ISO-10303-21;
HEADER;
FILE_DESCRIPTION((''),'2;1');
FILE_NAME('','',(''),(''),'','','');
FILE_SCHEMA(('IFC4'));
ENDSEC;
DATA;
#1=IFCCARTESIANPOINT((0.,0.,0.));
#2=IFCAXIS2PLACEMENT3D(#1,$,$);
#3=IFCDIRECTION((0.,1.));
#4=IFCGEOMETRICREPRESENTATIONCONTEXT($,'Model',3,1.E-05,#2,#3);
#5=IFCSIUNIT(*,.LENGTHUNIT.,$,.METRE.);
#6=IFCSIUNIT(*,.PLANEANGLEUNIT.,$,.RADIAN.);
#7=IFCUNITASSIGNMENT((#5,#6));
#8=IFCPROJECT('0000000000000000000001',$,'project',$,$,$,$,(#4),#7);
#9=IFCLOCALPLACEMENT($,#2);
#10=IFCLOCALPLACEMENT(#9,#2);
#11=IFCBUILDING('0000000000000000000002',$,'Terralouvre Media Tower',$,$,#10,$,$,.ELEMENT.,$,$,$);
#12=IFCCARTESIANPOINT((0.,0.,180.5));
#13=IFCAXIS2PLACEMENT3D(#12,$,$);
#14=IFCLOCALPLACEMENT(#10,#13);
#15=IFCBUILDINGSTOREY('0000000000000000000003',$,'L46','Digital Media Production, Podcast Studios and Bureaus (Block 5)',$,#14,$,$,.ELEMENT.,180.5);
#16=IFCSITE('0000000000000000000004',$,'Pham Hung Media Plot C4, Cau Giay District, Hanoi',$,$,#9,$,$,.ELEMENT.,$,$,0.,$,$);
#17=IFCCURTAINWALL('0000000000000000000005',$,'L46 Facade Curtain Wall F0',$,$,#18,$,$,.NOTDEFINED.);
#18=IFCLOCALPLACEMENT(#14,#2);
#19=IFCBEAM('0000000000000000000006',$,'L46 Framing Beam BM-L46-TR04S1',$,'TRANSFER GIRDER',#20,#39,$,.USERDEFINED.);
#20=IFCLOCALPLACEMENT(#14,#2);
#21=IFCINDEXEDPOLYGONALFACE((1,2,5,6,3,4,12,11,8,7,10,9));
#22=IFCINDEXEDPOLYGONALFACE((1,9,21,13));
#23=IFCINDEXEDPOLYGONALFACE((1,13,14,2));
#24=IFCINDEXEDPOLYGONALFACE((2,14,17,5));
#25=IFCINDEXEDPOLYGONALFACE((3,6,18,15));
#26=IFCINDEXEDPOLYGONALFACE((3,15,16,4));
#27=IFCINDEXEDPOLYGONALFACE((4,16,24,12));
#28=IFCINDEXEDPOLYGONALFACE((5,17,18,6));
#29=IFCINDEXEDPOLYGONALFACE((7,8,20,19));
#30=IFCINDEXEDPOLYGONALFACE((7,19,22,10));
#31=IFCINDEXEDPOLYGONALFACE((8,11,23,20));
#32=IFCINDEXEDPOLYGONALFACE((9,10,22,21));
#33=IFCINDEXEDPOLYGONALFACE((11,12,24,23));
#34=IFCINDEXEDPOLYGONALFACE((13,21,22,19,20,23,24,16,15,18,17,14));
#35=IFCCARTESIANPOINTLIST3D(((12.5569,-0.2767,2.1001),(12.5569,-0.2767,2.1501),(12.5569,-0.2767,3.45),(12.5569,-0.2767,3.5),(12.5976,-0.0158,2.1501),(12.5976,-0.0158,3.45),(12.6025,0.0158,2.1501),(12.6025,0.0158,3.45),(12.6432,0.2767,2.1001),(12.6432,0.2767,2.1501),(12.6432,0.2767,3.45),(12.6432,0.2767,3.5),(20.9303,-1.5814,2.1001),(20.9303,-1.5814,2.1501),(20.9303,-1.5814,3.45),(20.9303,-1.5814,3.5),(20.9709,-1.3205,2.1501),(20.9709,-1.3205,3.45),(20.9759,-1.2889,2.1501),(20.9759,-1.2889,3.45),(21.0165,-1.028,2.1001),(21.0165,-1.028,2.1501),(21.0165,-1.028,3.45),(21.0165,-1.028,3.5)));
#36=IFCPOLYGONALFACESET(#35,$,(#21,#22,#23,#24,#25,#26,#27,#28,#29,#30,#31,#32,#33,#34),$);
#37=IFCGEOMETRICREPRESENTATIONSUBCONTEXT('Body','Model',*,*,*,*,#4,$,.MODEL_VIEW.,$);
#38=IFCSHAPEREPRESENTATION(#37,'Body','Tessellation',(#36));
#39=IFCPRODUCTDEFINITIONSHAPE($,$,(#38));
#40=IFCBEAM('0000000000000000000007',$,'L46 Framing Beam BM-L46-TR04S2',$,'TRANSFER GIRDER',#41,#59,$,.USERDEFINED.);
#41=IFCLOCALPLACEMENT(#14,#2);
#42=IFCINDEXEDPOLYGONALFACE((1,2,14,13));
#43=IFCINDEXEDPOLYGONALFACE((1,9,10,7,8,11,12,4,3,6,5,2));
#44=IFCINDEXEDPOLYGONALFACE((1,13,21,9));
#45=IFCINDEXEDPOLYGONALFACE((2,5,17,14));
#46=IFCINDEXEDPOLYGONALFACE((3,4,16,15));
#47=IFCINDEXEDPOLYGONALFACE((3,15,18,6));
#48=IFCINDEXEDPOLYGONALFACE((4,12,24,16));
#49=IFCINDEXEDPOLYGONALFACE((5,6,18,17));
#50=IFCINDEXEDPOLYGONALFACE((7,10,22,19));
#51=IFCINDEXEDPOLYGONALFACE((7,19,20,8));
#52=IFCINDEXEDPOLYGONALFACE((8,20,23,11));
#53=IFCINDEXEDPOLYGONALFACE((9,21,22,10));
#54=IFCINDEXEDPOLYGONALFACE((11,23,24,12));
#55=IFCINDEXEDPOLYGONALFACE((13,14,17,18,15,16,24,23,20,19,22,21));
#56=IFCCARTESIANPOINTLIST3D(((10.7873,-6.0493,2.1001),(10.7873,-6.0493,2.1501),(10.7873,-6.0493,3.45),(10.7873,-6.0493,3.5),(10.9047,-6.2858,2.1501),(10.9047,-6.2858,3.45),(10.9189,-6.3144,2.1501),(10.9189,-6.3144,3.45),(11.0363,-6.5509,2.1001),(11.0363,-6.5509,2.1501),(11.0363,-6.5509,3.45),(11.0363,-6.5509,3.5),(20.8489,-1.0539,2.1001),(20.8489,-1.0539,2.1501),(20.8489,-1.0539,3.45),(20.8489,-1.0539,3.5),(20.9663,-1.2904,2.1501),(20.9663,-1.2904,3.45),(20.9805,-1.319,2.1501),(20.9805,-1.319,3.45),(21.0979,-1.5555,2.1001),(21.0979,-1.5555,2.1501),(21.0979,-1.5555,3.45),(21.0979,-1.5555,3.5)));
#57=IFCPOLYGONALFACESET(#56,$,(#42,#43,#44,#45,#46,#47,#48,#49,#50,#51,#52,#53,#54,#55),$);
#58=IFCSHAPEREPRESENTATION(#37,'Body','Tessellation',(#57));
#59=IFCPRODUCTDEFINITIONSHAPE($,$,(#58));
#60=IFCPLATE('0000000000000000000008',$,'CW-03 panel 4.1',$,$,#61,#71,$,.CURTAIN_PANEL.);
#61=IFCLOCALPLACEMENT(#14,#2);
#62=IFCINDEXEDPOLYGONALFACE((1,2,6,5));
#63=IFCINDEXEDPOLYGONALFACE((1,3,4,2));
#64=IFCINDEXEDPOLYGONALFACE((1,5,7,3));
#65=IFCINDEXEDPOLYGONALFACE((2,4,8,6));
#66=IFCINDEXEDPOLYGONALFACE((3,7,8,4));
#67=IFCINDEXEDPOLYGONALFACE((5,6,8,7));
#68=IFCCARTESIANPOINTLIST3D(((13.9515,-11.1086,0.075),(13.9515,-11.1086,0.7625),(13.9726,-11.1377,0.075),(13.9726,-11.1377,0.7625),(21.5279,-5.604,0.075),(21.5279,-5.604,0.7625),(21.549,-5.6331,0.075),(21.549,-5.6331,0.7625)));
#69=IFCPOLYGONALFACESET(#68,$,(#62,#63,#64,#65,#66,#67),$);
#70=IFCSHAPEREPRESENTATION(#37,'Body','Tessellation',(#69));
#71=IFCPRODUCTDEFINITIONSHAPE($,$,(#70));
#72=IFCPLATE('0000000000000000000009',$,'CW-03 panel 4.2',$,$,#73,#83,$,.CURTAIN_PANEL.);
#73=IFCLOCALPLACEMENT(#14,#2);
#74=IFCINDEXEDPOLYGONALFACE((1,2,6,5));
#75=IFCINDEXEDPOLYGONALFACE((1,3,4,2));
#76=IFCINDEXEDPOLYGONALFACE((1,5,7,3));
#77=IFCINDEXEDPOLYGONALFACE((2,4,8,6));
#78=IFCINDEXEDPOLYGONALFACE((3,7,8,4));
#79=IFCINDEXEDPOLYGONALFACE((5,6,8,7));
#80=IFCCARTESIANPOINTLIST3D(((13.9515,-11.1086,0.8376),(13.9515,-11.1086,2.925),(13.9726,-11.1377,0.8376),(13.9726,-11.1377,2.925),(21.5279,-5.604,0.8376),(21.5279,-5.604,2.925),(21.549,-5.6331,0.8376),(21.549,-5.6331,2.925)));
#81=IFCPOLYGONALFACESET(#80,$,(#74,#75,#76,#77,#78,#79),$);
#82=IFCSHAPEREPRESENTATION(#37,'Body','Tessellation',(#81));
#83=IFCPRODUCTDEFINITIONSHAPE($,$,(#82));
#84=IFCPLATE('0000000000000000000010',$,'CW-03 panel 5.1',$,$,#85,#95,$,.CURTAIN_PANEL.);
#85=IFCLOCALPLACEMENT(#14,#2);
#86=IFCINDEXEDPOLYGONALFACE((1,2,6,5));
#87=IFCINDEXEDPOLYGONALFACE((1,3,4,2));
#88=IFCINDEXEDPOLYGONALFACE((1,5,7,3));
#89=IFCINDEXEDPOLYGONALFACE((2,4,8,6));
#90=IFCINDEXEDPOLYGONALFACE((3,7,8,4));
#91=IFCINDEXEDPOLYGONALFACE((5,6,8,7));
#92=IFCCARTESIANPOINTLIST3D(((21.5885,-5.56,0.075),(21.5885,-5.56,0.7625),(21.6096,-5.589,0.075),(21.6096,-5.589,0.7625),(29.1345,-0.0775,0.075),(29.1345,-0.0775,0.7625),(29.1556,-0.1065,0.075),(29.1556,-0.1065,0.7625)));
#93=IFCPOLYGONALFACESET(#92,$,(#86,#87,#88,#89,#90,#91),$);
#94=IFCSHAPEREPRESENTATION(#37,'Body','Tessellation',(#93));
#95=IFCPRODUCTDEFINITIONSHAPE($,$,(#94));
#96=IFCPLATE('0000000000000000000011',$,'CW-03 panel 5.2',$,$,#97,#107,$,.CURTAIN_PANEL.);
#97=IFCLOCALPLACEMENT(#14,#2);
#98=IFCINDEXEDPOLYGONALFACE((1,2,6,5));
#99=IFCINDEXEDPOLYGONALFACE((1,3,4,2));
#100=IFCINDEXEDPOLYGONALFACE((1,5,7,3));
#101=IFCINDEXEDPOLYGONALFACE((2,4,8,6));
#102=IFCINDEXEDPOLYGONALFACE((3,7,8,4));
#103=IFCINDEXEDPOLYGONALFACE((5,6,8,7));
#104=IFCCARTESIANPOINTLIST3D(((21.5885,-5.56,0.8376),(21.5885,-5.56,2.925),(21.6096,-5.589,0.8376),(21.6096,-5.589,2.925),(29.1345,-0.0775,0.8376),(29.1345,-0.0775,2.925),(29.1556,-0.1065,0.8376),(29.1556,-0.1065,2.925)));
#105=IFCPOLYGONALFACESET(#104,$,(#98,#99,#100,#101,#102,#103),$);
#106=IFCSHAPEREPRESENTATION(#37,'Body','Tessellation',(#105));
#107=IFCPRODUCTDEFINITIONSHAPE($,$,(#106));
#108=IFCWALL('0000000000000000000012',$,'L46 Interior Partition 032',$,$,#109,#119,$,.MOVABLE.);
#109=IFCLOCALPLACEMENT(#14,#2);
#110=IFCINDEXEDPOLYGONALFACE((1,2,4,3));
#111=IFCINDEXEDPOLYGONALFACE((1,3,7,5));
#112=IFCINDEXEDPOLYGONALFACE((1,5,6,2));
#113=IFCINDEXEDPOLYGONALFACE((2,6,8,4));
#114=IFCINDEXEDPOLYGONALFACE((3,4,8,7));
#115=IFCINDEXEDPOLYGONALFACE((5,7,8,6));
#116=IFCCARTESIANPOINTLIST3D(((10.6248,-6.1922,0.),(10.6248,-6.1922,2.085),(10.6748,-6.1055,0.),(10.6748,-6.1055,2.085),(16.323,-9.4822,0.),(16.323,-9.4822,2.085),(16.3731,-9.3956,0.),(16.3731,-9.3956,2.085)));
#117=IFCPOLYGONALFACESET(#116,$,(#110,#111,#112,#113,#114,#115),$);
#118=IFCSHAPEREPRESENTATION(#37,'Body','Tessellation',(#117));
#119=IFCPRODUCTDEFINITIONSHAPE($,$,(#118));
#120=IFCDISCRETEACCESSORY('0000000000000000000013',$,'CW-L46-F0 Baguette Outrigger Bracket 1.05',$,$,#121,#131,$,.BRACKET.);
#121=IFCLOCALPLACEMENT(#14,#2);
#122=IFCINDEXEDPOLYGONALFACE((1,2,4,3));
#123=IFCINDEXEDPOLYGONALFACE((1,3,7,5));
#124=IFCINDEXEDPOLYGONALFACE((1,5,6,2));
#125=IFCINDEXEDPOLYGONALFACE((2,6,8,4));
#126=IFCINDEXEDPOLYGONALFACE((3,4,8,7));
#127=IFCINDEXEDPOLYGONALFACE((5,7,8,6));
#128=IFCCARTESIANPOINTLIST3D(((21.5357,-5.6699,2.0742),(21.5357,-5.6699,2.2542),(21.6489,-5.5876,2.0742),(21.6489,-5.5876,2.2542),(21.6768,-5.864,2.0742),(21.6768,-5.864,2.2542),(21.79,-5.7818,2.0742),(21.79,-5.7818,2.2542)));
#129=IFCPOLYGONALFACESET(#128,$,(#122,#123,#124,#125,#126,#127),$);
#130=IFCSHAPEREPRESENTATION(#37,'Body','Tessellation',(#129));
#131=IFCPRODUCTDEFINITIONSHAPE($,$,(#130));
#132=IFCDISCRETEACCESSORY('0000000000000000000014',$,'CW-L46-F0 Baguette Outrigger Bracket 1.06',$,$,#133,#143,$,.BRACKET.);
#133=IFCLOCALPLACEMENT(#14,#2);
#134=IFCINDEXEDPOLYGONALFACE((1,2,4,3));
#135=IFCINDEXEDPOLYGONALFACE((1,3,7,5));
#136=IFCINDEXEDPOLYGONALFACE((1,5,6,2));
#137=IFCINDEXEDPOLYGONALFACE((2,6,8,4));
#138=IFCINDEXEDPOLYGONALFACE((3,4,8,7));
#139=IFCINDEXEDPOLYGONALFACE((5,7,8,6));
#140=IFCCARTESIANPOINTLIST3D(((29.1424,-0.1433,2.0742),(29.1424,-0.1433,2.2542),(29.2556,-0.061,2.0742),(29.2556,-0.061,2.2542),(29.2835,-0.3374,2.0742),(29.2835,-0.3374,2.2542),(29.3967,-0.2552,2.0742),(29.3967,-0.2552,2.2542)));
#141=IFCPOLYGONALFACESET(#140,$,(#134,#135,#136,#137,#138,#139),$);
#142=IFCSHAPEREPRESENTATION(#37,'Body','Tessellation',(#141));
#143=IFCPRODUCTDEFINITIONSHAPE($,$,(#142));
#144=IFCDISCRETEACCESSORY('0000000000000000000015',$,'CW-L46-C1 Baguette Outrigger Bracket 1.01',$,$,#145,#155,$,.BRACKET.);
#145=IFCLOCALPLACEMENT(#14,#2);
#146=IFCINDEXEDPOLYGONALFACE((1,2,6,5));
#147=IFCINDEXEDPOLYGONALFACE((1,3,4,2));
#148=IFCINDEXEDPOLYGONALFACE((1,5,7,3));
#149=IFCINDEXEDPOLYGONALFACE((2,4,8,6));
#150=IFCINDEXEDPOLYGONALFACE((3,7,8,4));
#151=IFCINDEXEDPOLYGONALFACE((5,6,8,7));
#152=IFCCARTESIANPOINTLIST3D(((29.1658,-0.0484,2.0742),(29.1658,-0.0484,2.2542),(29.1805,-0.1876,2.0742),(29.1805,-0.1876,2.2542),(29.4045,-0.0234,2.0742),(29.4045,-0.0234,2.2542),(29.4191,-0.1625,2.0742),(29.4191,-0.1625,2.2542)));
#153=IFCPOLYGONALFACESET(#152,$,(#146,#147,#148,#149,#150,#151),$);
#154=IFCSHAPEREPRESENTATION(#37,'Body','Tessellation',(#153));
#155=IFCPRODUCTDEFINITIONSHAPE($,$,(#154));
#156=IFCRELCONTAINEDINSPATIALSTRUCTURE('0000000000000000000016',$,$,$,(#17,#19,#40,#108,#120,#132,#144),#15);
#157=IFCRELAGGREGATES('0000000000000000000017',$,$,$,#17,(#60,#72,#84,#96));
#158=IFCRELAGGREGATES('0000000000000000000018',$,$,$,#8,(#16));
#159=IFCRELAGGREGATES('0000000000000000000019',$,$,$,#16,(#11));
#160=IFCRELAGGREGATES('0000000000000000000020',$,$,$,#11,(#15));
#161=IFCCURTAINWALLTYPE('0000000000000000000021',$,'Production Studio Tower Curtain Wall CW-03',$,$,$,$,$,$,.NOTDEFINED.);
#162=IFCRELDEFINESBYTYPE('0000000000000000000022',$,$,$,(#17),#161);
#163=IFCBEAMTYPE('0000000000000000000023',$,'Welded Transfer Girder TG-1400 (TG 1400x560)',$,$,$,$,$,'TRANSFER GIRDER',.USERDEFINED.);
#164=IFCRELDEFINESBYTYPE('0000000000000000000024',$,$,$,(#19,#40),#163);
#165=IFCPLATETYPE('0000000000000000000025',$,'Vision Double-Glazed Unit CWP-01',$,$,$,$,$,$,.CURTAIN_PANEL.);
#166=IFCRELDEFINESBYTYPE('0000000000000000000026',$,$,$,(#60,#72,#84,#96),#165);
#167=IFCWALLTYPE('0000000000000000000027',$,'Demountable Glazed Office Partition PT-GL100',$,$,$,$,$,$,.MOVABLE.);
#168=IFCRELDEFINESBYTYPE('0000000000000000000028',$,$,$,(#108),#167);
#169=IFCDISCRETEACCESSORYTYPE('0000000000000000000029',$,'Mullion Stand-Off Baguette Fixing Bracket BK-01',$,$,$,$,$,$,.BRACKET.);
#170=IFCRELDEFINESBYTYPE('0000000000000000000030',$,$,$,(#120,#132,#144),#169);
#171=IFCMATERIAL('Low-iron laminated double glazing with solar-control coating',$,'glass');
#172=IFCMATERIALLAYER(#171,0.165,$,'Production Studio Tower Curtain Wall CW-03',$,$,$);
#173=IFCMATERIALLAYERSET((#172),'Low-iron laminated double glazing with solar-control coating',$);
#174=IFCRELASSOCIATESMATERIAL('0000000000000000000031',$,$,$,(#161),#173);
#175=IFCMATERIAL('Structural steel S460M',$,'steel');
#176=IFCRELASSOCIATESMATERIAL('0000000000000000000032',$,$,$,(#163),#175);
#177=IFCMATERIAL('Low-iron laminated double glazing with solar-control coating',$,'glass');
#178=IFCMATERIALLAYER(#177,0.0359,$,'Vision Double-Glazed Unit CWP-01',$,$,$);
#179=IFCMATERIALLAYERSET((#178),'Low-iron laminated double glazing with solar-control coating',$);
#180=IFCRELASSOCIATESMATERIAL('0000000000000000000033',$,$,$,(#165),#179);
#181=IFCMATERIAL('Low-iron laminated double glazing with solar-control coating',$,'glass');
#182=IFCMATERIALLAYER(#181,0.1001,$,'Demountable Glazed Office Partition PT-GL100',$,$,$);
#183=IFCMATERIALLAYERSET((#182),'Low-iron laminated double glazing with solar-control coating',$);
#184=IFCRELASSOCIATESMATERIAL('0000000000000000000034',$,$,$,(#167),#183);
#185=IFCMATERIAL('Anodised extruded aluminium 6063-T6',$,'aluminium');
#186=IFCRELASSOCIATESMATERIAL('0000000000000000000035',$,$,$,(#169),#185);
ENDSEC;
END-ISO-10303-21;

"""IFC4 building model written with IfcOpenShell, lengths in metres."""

from ifc_helpers import new_model, si_unit, direction, frame, frame_2d, origin, origin_2d, place, context, subcontext, project, spatial, rectangle, i_section, extrude, material, layer, layer_set, material_profile, profile_set, type_object, element, aggregate, save


model = new_model("IFC4")

# Units and contexts
model_context = context("Model", 3, precision=1e-05, world=origin(), true_north=direction((0.0, 1.0)))
body_context = subcontext(model_context, "Body", "Model", "MODEL_VIEW")
ifc_project = project(units=[si_unit("LENGTHUNIT", "METRE"), si_unit("PLANEANGLEUNIT", "RADIAN")], contexts=[model_context])

# Site, building, storey
site_placement = place(None, origin())
site = spatial("IfcSite", under=ifc_project, at=site_placement, Name="Pham Hung Media Plot C4, Cau Giay District, Hanoi", CompositionType="ELEMENT", RefElevation=0.0)
building_placement = place(site_placement, origin())
building = spatial("IfcBuilding", under=site, at=building_placement, Name="Terralouvre Media Tower", CompositionType="ELEMENT")
storey_placement = place(building_placement, frame((0.0, 0.0, 180.5)))
storey = spatial("IfcBuildingStorey", under=building, at=storey_placement, Name="L46", Description="Digital Media Production, Podcast Studios and Bureaus (Block 5)", CompositionType="ELEMENT", Elevation=180.5)

# Curtain wall
ifc_material_1 = material(Name="Low-iron laminated double glazing with solar-control coating", Category="glass")
ifc_layer_1 = layer(ifc_material_1, 0.165, Name="Production Studio Tower Curtain Wall CW-03")
ifc_layer_set_1 = layer_set([ifc_layer_1], Name="Low-iron laminated double glazing with solar-control coating")
curtain_wall_type_1 = type_object("IfcCurtainWallType", Name="Production Studio Tower Curtain Wall CW-03", PredefinedType="NOTDEFINED", material=ifc_layer_set_1)
curtain_wall_1_placement = place(storey_placement, origin())
curtain_wall_1 = element("IfcCurtainWall", 1, at=curtain_wall_1_placement, inside=storey, type_object=curtain_wall_type_1, Name="L46 Facade Curtain Wall F0", PredefinedType="NOTDEFINED")

# Beams
ifc_material_2 = material(Name="Structural steel S460M", Category="steel")
ifc_material_profile_1 = material_profile(ifc_material_2, i_section(OverallWidth=0.5601, OverallDepth=1.3999, WebThickness=0.032, FlangeThickness=0.05, at=origin_2d()), Name="TG 1400x560")
ifc_profile_set_1 = profile_set([ifc_material_profile_1], Name="Structural steel S460M")
beam_type_1 = type_object("IfcBeamType", Name="Welded Transfer Girder TG-1400 (TG 1400x560)", ElementType="TRANSFER GIRDER", PredefinedType="USERDEFINED", material=ifc_profile_set_1)
beam_1_placement = place(storey_placement, frame((20.9734, -1.3047, 2.8), z_axis=(-0.988077, 0.153958, 0.0), x_axis=(-0.153958, -0.988077, 0.0)))
element("IfcBeam", 2, at=beam_1_placement, inside=storey, type_object=beam_type_1, Name="L46 Framing Beam BM-L46-TR04S1", ObjectType="TRANSFER GIRDER", PredefinedType="USERDEFINED", context=body_context, shape_type="SweptSolid", body=[
    extrude(i_section(OverallWidth=0.5601, OverallDepth=1.3999, WebThickness=0.032, FlangeThickness=0.05, at=origin_2d()), origin(), (0.0, 0.0, 1.0), 8.4744),
])
beam_2_placement = place(storey_placement, frame((20.9734, -1.3047, 2.8), z_axis=(-0.895684, -0.444691, 0.0), x_axis=(0.444691, -0.895684, 0.0)))
element("IfcBeam", 3, at=beam_2_placement, inside=storey, type_object=beam_type_1, Name="L46 Framing Beam BM-L46-TR04S2", ObjectType="TRANSFER GIRDER", PredefinedType="USERDEFINED", context=body_context, shape_type="SweptSolid", body=[
    extrude(i_section(OverallWidth=0.5601, OverallDepth=1.3999, WebThickness=0.032, FlangeThickness=0.05, at=origin_2d()), origin(), (0.0, 0.0, 1.0), 11.2334),
])

# Plates
ifc_material_3 = material(Name="Low-iron laminated double glazing with solar-control coating", Category="glass")
ifc_layer_2 = layer(ifc_material_3, 0.0359, Name="Vision Double-Glazed Unit CWP-01")
ifc_layer_set_2 = layer_set([ifc_layer_2], Name="Low-iron laminated double glazing with solar-control coating")
plate_type = type_object("IfcPlateType", Name="Vision Double-Glazed Unit CWP-01", PredefinedType="CURTAIN_PANEL", material=ifc_layer_set_2)
plate_1_placement = place(storey_placement, frame((17.7502, -8.3708, 0.075), z_axis=(0.0, 0.0, 1.0), x_axis=(0.809017, 0.587785, 0.0)))
plate_1 = element("IfcPlate", 4, at=plate_1_placement, type_object=plate_type, Name="CW-03 panel 4.1", PredefinedType="CURTAIN_PANEL", context=body_context, shape_type="SweptSolid", body=[
    extrude(rectangle(XDim=9.365, YDim=0.0359, at=origin_2d()), origin(), (0.0, 0.0, 1.0), 0.6875),
])
plate_2_placement = place(storey_placement, frame((17.7502, -8.3708, 0.8376), z_axis=(0.0, 0.0, 1.0), x_axis=(0.809017, 0.587785, 0.0)))
plate_2 = element("IfcPlate", 5, at=plate_2_placement, type_object=plate_type, Name="CW-03 panel 4.2", PredefinedType="CURTAIN_PANEL", context=body_context, shape_type="SweptSolid", body=[
    extrude(rectangle(XDim=9.365, YDim=0.0359, at=origin_2d()), origin(), (0.0, 0.0, 1.0), 2.0874),
])
plate_3_placement = place(storey_placement, frame((25.3721, -2.8333, 0.075), z_axis=(0.0, 0.0, 1.0), x_axis=(0.809017, 0.587785, 0.0)))
plate_3 = element("IfcPlate", 6, at=plate_3_placement, type_object=plate_type, Name="CW-03 panel 5.1", PredefinedType="CURTAIN_PANEL", context=body_context, shape_type="SweptSolid", body=[
    extrude(rectangle(XDim=9.3274, YDim=0.0359, at=origin_2d()), origin(), (0.0, 0.0, 1.0), 0.6875),
])
plate_4_placement = place(storey_placement, frame((25.3721, -2.8333, 0.8376), z_axis=(0.0, 0.0, 1.0), x_axis=(0.809017, 0.587785, 0.0)))
plate_4 = element("IfcPlate", 7, at=plate_4_placement, type_object=plate_type, Name="CW-03 panel 5.2", PredefinedType="CURTAIN_PANEL", context=body_context, shape_type="SweptSolid", body=[
    extrude(rectangle(XDim=9.3274, YDim=0.0359, at=origin_2d()), origin(), (0.0, 0.0, 1.0), 2.0874),
])
aggregate(curtain_wall_1, [plate_1, plate_2, plate_3, plate_4])

# Wall
ifc_material_4 = material(Name="Low-iron laminated double glazing with solar-control coating", Category="glass")
ifc_layer_3 = layer(ifc_material_4, 0.1001, Name="Demountable Glazed Office Partition PT-GL100")
ifc_layer_set_3 = layer_set([ifc_layer_3], Name="Low-iron laminated double glazing with solar-control coating")
wall_type = type_object("IfcWallType", Name="Demountable Glazed Office Partition PT-GL100", PredefinedType="MOVABLE", material=ifc_layer_set_3)
wall_placement = place(storey_placement, frame((16.3481, -9.439, 0.0), z_axis=(0.0, 0.0, 1.0), x_axis=(-0.866015, 0.500018, 0.0)))
element("IfcWall", 8, at=wall_placement, inside=storey, type_object=wall_type, Name="L46 Interior Partition 032", PredefinedType="MOVABLE", context=body_context, shape_type="SweptSolid", body=[
    extrude(rectangle(XDim=6.5798, YDim=0.1001, at=frame_2d((3.29, 0.0))), origin(), (0.0, 0.0, 1.0), 2.085),
])

# Discrete accessories
ifc_material_5 = material(Name="Anodised extruded aluminium 6063-T6", Category="aluminium")
discrete_accessory_type = type_object("IfcDiscreteAccessoryType", Name="Mullion Stand-Off Baguette Fixing Bracket BK-01", PredefinedType="BRACKET", material=ifc_material_5)
for number, where, z_axis, x_axis, name in (
    (9, (21.6628, -5.7258, 2.0742), (0.0, 0.0, 1.0), (0.809017, 0.587785, 0.0), "CW-L46-F0 Baguette Outrigger Bracket 1.05"),
    (10, (29.2695, -0.1992, 2.0742), (0.0, 0.0, 1.0), (0.809017, 0.587785, 0.0), "CW-L46-F0 Baguette Outrigger Bracket 1.06"),
    (11, (29.2925, -0.1055, 2.0742), (0.0, 0.0, 1.0), (-0.104529, 0.994522, 0.0), "CW-L46-C1 Baguette Outrigger Bracket 1.01"),
):
    element("IfcDiscreteAccessory", number, at=place(storey_placement, frame(where, z_axis=z_axis, x_axis=x_axis)), inside=storey, type_object=discrete_accessory_type, Name=name, PredefinedType="BRACKET", context=body_context, shape_type="SweptSolid", body=[
        extrude(rectangle(XDim=0.1399, YDim=0.24, at=origin_2d()), origin(), (0.0, 0.0, 1.0), 0.1799),
    ])

save(model, "model.ifc")
